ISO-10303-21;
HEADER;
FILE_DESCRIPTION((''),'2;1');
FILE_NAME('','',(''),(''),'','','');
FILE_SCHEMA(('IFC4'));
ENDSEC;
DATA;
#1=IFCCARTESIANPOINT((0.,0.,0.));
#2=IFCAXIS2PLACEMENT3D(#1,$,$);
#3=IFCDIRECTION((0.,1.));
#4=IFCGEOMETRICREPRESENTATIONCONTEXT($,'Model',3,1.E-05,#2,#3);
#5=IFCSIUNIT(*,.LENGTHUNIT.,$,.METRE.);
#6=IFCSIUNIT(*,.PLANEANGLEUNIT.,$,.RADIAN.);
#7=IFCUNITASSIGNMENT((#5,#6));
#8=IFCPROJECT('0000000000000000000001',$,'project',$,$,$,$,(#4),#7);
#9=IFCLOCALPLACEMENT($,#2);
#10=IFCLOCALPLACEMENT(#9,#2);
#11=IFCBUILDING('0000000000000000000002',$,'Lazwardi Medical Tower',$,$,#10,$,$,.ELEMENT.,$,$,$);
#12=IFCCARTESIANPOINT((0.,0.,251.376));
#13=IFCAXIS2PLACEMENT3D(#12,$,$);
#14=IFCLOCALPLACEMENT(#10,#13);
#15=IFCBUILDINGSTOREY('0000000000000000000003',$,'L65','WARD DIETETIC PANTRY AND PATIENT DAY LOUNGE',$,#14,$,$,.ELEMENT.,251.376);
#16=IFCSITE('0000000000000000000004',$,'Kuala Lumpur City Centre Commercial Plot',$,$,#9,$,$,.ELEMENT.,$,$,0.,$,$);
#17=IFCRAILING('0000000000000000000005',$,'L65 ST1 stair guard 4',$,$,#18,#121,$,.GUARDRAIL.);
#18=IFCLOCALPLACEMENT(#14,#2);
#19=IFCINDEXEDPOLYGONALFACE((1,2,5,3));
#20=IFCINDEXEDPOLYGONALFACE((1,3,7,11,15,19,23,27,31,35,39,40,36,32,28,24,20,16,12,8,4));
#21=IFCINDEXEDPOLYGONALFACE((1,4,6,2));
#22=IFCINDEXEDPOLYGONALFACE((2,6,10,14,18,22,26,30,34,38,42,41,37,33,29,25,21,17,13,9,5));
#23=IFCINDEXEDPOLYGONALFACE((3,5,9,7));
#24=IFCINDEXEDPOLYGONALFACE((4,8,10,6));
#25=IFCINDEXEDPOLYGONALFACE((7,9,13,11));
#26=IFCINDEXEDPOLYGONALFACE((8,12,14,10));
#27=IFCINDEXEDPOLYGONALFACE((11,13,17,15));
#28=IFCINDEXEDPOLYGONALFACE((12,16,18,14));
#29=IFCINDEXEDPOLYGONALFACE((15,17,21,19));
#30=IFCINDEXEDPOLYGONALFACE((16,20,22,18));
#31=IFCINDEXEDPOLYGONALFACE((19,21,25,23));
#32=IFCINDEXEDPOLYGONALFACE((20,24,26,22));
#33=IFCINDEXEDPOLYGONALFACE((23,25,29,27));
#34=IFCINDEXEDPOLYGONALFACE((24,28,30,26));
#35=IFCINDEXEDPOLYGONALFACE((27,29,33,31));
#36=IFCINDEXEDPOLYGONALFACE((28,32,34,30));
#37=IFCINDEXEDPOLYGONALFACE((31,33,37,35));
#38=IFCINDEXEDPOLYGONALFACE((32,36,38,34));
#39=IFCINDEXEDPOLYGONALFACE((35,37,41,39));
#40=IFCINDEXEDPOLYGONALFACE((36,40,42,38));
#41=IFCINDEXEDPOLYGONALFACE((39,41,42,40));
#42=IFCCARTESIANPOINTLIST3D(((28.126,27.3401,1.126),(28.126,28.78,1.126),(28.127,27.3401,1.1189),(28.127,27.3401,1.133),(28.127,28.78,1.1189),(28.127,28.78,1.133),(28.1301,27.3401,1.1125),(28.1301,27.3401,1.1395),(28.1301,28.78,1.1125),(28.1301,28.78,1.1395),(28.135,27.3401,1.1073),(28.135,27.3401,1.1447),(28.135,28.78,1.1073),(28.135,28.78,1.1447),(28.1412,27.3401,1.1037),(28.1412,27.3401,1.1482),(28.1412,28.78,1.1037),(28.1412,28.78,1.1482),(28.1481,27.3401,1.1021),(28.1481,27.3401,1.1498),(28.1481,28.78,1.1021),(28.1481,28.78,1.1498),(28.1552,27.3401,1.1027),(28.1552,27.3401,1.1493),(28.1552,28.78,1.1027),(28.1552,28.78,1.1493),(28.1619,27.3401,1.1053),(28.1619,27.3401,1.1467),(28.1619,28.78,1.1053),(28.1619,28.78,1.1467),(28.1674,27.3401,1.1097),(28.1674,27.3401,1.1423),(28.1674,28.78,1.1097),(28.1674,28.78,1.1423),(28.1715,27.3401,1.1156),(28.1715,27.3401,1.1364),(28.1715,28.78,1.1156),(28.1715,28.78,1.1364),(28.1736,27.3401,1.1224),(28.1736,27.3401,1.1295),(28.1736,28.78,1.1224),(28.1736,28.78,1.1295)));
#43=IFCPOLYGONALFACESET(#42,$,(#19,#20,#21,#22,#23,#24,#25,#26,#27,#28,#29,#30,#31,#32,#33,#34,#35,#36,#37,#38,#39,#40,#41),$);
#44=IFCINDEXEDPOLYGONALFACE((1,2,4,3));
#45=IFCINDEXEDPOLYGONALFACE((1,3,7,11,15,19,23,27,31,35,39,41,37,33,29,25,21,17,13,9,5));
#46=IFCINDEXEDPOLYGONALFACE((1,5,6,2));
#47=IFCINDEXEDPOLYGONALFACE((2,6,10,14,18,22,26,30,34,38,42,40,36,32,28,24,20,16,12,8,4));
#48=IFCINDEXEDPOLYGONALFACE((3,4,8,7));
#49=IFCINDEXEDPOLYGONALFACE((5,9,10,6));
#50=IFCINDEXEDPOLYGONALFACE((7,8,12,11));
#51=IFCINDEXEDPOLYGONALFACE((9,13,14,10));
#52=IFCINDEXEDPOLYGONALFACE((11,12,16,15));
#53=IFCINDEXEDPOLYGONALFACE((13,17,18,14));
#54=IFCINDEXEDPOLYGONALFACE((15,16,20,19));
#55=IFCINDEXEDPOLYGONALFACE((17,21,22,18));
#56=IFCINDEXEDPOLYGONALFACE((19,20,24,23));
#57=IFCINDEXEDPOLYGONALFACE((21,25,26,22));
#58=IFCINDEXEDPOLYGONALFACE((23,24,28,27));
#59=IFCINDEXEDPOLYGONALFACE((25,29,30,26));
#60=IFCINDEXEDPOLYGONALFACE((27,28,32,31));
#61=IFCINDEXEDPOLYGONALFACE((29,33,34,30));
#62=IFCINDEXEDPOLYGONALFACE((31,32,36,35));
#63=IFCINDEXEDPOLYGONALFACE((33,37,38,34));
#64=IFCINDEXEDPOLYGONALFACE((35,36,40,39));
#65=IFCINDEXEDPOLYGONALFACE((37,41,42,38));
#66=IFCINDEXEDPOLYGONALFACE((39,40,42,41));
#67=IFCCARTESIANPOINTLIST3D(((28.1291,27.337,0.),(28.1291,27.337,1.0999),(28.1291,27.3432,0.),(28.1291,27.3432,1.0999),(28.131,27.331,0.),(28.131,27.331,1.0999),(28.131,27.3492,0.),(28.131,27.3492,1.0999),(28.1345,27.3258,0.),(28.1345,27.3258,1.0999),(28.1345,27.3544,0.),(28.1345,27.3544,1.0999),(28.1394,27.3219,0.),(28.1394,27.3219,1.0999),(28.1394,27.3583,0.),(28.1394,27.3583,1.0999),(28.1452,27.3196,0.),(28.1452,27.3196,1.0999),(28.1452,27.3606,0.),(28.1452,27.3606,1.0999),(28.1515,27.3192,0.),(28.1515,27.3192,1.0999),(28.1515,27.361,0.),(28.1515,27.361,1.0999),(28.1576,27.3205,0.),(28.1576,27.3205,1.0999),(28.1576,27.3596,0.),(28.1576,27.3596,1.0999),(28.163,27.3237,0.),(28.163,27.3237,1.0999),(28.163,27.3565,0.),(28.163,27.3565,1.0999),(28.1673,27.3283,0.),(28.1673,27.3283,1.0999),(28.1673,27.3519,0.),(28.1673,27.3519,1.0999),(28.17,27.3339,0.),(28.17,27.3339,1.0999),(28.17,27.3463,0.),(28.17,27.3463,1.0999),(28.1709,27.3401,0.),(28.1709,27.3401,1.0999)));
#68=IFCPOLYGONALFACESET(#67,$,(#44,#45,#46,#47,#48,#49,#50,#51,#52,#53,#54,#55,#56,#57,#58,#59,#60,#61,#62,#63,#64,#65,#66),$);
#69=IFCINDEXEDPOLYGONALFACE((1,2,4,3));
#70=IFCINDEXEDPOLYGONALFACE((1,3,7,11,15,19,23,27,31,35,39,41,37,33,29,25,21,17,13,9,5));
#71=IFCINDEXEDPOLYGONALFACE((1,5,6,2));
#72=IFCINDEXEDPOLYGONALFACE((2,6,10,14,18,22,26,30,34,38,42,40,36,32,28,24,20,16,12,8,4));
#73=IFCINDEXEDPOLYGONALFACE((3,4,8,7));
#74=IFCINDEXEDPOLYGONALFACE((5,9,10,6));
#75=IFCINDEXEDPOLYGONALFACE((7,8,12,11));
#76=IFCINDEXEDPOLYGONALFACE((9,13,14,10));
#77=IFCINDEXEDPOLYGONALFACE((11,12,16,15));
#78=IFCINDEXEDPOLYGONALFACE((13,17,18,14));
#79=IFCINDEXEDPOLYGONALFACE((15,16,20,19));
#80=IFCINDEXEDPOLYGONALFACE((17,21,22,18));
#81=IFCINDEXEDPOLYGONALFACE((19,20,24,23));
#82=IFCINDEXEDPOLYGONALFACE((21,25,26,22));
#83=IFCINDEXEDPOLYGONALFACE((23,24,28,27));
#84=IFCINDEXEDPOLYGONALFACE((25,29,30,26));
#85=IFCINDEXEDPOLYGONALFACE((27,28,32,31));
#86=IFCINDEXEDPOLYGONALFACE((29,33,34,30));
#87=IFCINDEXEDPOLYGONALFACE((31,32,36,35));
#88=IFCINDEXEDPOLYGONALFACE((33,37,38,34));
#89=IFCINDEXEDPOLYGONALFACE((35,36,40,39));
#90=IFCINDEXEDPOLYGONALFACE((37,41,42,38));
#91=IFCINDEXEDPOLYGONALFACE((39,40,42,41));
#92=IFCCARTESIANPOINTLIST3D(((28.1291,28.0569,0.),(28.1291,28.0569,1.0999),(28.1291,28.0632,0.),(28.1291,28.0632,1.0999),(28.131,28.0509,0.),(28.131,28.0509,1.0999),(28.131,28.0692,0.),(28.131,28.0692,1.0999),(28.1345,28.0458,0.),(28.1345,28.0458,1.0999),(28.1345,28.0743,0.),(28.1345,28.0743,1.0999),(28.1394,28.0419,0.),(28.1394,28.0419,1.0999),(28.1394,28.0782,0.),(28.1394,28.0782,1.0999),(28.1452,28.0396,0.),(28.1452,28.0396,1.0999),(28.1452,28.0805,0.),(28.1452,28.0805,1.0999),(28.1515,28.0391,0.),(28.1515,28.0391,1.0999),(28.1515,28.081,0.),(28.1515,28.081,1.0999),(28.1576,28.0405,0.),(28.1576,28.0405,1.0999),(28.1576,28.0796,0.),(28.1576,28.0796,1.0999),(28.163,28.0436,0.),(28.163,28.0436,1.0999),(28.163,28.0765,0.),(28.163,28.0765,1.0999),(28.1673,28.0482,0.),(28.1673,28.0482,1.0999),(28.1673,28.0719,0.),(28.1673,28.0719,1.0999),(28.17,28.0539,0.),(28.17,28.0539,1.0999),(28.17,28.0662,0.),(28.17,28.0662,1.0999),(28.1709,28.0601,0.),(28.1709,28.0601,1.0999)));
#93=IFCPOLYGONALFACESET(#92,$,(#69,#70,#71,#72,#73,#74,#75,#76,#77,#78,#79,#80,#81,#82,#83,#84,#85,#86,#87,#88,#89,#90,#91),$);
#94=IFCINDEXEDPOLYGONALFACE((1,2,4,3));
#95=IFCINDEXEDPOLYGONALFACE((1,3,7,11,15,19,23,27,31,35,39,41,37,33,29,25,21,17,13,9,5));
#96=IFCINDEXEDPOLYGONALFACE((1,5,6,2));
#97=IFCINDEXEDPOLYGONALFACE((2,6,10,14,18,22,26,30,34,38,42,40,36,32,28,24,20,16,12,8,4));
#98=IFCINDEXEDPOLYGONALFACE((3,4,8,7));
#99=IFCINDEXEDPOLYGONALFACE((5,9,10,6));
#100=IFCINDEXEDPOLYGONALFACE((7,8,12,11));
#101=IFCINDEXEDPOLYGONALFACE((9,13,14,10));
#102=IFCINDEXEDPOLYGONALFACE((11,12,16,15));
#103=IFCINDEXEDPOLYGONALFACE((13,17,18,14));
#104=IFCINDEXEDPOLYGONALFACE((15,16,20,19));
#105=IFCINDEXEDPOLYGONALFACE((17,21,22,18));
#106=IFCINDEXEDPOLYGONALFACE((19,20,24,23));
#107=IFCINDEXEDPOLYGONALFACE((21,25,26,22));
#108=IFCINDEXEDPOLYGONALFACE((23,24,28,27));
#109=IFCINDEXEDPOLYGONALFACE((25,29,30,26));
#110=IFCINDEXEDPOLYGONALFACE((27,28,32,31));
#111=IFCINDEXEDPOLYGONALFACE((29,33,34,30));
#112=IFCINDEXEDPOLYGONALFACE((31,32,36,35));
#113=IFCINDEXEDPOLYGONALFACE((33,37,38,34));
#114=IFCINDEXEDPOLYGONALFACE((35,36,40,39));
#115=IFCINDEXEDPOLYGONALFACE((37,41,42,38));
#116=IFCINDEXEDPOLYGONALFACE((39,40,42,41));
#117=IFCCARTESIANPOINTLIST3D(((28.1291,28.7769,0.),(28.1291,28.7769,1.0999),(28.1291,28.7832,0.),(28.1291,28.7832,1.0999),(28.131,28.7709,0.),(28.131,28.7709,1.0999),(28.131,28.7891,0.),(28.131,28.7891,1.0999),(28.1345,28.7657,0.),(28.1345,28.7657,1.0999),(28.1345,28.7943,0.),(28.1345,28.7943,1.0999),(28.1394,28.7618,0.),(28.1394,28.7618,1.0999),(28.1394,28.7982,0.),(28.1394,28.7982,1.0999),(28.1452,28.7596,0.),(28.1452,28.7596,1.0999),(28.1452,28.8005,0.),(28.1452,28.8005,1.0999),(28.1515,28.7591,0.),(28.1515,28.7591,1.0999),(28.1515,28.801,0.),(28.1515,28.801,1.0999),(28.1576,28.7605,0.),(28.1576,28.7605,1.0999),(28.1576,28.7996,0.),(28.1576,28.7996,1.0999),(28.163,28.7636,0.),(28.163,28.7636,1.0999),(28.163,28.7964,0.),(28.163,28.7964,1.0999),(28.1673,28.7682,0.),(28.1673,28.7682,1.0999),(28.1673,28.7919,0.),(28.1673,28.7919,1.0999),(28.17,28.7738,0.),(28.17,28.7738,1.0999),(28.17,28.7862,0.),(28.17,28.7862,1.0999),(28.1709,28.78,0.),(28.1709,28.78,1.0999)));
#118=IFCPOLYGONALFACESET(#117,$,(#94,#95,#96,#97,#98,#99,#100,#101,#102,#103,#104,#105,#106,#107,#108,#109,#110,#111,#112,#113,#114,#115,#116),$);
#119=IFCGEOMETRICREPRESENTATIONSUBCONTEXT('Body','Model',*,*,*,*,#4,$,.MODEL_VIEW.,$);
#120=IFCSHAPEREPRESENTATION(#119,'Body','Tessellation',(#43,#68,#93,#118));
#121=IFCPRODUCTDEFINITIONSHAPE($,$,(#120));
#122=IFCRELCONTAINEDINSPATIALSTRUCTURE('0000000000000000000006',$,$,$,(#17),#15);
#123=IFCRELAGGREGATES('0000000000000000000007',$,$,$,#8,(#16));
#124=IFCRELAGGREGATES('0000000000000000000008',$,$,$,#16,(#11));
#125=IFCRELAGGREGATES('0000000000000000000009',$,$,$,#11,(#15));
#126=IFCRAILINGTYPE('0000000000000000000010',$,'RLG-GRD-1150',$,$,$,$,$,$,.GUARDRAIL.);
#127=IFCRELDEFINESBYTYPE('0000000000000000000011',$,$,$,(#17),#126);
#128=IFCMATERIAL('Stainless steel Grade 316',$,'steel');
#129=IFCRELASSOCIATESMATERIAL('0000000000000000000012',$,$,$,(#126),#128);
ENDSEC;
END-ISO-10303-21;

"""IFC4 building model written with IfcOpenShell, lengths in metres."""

from ifc_helpers import new_model, si_unit, direction, frame, origin, origin_2d, place, context, subcontext, project, spatial, circle, extrude, material, type_object, element, save


model = new_model("IFC4")

# Units and contexts
model_context = context("Model", 3, precision=1e-05, world=origin(), true_north=direction((0.0, 1.0)))
body_context = subcontext(model_context, "Body", "Model", "MODEL_VIEW")
ifc_project = project(units=[si_unit("LENGTHUNIT", "METRE"), si_unit("PLANEANGLEUNIT", "RADIAN")], contexts=[model_context])

# Site, building, storey
site_placement = place(None, origin())
site = spatial("IfcSite", under=ifc_project, at=site_placement, Name="Kuala Lumpur City Centre Commercial Plot", CompositionType="ELEMENT", RefElevation=0.0)
building_placement = place(site_placement, origin())
building = spatial("IfcBuilding", under=site, at=building_placement, Name="Lazwardi Medical Tower", CompositionType="ELEMENT")
storey_placement = place(building_placement, frame((0.0, 0.0, 251.376)))
storey = spatial("IfcBuildingStorey", under=building, at=storey_placement, Name="L65", Description="WARD DIETETIC PANTRY AND PATIENT DAY LOUNGE", CompositionType="ELEMENT", Elevation=251.376)

# Railing
ifc_material_1 = material(Name="Stainless steel Grade 316", Category="steel")
railing_type_1 = type_object("IfcRailingType", Name="RLG-GRD-1150", PredefinedType="GUARDRAIL", material=ifc_material_1)
railing_1_placement = place(storey_placement, frame((28.1499, 27.3401, 0.0)))
element("IfcRailing", 1, at=railing_1_placement, inside=storey, type_object=railing_type_1, Name="L65 ST1 stair guard 4", PredefinedType="GUARDRAIL", context=body_context, shape_type="SweptSolid", body=[
    extrude(circle(Radius=0.0239, at=origin_2d()), frame((0.0, 0.0, 1.126), z_axis=(0.0, 1.0, 0.0), x_axis=(-1.0, 0.0, 0.0)), (0.0, 0.0, 1.0), 1.4399),
    extrude(circle(Radius=0.021, at=origin_2d()), origin(), (0.0, 0.0, 1.0), 1.0999),
    extrude(circle(Radius=0.021, at=origin_2d()), frame((0.0, 0.72, 0.0)), (0.0, 0.0, 1.0), 1.0999),
    extrude(circle(Radius=0.021, at=origin_2d()), frame((0.0, 1.4399, 0.0)), (0.0, 0.0, 1.0), 1.0999),
])

save(model, "model.ifc")
